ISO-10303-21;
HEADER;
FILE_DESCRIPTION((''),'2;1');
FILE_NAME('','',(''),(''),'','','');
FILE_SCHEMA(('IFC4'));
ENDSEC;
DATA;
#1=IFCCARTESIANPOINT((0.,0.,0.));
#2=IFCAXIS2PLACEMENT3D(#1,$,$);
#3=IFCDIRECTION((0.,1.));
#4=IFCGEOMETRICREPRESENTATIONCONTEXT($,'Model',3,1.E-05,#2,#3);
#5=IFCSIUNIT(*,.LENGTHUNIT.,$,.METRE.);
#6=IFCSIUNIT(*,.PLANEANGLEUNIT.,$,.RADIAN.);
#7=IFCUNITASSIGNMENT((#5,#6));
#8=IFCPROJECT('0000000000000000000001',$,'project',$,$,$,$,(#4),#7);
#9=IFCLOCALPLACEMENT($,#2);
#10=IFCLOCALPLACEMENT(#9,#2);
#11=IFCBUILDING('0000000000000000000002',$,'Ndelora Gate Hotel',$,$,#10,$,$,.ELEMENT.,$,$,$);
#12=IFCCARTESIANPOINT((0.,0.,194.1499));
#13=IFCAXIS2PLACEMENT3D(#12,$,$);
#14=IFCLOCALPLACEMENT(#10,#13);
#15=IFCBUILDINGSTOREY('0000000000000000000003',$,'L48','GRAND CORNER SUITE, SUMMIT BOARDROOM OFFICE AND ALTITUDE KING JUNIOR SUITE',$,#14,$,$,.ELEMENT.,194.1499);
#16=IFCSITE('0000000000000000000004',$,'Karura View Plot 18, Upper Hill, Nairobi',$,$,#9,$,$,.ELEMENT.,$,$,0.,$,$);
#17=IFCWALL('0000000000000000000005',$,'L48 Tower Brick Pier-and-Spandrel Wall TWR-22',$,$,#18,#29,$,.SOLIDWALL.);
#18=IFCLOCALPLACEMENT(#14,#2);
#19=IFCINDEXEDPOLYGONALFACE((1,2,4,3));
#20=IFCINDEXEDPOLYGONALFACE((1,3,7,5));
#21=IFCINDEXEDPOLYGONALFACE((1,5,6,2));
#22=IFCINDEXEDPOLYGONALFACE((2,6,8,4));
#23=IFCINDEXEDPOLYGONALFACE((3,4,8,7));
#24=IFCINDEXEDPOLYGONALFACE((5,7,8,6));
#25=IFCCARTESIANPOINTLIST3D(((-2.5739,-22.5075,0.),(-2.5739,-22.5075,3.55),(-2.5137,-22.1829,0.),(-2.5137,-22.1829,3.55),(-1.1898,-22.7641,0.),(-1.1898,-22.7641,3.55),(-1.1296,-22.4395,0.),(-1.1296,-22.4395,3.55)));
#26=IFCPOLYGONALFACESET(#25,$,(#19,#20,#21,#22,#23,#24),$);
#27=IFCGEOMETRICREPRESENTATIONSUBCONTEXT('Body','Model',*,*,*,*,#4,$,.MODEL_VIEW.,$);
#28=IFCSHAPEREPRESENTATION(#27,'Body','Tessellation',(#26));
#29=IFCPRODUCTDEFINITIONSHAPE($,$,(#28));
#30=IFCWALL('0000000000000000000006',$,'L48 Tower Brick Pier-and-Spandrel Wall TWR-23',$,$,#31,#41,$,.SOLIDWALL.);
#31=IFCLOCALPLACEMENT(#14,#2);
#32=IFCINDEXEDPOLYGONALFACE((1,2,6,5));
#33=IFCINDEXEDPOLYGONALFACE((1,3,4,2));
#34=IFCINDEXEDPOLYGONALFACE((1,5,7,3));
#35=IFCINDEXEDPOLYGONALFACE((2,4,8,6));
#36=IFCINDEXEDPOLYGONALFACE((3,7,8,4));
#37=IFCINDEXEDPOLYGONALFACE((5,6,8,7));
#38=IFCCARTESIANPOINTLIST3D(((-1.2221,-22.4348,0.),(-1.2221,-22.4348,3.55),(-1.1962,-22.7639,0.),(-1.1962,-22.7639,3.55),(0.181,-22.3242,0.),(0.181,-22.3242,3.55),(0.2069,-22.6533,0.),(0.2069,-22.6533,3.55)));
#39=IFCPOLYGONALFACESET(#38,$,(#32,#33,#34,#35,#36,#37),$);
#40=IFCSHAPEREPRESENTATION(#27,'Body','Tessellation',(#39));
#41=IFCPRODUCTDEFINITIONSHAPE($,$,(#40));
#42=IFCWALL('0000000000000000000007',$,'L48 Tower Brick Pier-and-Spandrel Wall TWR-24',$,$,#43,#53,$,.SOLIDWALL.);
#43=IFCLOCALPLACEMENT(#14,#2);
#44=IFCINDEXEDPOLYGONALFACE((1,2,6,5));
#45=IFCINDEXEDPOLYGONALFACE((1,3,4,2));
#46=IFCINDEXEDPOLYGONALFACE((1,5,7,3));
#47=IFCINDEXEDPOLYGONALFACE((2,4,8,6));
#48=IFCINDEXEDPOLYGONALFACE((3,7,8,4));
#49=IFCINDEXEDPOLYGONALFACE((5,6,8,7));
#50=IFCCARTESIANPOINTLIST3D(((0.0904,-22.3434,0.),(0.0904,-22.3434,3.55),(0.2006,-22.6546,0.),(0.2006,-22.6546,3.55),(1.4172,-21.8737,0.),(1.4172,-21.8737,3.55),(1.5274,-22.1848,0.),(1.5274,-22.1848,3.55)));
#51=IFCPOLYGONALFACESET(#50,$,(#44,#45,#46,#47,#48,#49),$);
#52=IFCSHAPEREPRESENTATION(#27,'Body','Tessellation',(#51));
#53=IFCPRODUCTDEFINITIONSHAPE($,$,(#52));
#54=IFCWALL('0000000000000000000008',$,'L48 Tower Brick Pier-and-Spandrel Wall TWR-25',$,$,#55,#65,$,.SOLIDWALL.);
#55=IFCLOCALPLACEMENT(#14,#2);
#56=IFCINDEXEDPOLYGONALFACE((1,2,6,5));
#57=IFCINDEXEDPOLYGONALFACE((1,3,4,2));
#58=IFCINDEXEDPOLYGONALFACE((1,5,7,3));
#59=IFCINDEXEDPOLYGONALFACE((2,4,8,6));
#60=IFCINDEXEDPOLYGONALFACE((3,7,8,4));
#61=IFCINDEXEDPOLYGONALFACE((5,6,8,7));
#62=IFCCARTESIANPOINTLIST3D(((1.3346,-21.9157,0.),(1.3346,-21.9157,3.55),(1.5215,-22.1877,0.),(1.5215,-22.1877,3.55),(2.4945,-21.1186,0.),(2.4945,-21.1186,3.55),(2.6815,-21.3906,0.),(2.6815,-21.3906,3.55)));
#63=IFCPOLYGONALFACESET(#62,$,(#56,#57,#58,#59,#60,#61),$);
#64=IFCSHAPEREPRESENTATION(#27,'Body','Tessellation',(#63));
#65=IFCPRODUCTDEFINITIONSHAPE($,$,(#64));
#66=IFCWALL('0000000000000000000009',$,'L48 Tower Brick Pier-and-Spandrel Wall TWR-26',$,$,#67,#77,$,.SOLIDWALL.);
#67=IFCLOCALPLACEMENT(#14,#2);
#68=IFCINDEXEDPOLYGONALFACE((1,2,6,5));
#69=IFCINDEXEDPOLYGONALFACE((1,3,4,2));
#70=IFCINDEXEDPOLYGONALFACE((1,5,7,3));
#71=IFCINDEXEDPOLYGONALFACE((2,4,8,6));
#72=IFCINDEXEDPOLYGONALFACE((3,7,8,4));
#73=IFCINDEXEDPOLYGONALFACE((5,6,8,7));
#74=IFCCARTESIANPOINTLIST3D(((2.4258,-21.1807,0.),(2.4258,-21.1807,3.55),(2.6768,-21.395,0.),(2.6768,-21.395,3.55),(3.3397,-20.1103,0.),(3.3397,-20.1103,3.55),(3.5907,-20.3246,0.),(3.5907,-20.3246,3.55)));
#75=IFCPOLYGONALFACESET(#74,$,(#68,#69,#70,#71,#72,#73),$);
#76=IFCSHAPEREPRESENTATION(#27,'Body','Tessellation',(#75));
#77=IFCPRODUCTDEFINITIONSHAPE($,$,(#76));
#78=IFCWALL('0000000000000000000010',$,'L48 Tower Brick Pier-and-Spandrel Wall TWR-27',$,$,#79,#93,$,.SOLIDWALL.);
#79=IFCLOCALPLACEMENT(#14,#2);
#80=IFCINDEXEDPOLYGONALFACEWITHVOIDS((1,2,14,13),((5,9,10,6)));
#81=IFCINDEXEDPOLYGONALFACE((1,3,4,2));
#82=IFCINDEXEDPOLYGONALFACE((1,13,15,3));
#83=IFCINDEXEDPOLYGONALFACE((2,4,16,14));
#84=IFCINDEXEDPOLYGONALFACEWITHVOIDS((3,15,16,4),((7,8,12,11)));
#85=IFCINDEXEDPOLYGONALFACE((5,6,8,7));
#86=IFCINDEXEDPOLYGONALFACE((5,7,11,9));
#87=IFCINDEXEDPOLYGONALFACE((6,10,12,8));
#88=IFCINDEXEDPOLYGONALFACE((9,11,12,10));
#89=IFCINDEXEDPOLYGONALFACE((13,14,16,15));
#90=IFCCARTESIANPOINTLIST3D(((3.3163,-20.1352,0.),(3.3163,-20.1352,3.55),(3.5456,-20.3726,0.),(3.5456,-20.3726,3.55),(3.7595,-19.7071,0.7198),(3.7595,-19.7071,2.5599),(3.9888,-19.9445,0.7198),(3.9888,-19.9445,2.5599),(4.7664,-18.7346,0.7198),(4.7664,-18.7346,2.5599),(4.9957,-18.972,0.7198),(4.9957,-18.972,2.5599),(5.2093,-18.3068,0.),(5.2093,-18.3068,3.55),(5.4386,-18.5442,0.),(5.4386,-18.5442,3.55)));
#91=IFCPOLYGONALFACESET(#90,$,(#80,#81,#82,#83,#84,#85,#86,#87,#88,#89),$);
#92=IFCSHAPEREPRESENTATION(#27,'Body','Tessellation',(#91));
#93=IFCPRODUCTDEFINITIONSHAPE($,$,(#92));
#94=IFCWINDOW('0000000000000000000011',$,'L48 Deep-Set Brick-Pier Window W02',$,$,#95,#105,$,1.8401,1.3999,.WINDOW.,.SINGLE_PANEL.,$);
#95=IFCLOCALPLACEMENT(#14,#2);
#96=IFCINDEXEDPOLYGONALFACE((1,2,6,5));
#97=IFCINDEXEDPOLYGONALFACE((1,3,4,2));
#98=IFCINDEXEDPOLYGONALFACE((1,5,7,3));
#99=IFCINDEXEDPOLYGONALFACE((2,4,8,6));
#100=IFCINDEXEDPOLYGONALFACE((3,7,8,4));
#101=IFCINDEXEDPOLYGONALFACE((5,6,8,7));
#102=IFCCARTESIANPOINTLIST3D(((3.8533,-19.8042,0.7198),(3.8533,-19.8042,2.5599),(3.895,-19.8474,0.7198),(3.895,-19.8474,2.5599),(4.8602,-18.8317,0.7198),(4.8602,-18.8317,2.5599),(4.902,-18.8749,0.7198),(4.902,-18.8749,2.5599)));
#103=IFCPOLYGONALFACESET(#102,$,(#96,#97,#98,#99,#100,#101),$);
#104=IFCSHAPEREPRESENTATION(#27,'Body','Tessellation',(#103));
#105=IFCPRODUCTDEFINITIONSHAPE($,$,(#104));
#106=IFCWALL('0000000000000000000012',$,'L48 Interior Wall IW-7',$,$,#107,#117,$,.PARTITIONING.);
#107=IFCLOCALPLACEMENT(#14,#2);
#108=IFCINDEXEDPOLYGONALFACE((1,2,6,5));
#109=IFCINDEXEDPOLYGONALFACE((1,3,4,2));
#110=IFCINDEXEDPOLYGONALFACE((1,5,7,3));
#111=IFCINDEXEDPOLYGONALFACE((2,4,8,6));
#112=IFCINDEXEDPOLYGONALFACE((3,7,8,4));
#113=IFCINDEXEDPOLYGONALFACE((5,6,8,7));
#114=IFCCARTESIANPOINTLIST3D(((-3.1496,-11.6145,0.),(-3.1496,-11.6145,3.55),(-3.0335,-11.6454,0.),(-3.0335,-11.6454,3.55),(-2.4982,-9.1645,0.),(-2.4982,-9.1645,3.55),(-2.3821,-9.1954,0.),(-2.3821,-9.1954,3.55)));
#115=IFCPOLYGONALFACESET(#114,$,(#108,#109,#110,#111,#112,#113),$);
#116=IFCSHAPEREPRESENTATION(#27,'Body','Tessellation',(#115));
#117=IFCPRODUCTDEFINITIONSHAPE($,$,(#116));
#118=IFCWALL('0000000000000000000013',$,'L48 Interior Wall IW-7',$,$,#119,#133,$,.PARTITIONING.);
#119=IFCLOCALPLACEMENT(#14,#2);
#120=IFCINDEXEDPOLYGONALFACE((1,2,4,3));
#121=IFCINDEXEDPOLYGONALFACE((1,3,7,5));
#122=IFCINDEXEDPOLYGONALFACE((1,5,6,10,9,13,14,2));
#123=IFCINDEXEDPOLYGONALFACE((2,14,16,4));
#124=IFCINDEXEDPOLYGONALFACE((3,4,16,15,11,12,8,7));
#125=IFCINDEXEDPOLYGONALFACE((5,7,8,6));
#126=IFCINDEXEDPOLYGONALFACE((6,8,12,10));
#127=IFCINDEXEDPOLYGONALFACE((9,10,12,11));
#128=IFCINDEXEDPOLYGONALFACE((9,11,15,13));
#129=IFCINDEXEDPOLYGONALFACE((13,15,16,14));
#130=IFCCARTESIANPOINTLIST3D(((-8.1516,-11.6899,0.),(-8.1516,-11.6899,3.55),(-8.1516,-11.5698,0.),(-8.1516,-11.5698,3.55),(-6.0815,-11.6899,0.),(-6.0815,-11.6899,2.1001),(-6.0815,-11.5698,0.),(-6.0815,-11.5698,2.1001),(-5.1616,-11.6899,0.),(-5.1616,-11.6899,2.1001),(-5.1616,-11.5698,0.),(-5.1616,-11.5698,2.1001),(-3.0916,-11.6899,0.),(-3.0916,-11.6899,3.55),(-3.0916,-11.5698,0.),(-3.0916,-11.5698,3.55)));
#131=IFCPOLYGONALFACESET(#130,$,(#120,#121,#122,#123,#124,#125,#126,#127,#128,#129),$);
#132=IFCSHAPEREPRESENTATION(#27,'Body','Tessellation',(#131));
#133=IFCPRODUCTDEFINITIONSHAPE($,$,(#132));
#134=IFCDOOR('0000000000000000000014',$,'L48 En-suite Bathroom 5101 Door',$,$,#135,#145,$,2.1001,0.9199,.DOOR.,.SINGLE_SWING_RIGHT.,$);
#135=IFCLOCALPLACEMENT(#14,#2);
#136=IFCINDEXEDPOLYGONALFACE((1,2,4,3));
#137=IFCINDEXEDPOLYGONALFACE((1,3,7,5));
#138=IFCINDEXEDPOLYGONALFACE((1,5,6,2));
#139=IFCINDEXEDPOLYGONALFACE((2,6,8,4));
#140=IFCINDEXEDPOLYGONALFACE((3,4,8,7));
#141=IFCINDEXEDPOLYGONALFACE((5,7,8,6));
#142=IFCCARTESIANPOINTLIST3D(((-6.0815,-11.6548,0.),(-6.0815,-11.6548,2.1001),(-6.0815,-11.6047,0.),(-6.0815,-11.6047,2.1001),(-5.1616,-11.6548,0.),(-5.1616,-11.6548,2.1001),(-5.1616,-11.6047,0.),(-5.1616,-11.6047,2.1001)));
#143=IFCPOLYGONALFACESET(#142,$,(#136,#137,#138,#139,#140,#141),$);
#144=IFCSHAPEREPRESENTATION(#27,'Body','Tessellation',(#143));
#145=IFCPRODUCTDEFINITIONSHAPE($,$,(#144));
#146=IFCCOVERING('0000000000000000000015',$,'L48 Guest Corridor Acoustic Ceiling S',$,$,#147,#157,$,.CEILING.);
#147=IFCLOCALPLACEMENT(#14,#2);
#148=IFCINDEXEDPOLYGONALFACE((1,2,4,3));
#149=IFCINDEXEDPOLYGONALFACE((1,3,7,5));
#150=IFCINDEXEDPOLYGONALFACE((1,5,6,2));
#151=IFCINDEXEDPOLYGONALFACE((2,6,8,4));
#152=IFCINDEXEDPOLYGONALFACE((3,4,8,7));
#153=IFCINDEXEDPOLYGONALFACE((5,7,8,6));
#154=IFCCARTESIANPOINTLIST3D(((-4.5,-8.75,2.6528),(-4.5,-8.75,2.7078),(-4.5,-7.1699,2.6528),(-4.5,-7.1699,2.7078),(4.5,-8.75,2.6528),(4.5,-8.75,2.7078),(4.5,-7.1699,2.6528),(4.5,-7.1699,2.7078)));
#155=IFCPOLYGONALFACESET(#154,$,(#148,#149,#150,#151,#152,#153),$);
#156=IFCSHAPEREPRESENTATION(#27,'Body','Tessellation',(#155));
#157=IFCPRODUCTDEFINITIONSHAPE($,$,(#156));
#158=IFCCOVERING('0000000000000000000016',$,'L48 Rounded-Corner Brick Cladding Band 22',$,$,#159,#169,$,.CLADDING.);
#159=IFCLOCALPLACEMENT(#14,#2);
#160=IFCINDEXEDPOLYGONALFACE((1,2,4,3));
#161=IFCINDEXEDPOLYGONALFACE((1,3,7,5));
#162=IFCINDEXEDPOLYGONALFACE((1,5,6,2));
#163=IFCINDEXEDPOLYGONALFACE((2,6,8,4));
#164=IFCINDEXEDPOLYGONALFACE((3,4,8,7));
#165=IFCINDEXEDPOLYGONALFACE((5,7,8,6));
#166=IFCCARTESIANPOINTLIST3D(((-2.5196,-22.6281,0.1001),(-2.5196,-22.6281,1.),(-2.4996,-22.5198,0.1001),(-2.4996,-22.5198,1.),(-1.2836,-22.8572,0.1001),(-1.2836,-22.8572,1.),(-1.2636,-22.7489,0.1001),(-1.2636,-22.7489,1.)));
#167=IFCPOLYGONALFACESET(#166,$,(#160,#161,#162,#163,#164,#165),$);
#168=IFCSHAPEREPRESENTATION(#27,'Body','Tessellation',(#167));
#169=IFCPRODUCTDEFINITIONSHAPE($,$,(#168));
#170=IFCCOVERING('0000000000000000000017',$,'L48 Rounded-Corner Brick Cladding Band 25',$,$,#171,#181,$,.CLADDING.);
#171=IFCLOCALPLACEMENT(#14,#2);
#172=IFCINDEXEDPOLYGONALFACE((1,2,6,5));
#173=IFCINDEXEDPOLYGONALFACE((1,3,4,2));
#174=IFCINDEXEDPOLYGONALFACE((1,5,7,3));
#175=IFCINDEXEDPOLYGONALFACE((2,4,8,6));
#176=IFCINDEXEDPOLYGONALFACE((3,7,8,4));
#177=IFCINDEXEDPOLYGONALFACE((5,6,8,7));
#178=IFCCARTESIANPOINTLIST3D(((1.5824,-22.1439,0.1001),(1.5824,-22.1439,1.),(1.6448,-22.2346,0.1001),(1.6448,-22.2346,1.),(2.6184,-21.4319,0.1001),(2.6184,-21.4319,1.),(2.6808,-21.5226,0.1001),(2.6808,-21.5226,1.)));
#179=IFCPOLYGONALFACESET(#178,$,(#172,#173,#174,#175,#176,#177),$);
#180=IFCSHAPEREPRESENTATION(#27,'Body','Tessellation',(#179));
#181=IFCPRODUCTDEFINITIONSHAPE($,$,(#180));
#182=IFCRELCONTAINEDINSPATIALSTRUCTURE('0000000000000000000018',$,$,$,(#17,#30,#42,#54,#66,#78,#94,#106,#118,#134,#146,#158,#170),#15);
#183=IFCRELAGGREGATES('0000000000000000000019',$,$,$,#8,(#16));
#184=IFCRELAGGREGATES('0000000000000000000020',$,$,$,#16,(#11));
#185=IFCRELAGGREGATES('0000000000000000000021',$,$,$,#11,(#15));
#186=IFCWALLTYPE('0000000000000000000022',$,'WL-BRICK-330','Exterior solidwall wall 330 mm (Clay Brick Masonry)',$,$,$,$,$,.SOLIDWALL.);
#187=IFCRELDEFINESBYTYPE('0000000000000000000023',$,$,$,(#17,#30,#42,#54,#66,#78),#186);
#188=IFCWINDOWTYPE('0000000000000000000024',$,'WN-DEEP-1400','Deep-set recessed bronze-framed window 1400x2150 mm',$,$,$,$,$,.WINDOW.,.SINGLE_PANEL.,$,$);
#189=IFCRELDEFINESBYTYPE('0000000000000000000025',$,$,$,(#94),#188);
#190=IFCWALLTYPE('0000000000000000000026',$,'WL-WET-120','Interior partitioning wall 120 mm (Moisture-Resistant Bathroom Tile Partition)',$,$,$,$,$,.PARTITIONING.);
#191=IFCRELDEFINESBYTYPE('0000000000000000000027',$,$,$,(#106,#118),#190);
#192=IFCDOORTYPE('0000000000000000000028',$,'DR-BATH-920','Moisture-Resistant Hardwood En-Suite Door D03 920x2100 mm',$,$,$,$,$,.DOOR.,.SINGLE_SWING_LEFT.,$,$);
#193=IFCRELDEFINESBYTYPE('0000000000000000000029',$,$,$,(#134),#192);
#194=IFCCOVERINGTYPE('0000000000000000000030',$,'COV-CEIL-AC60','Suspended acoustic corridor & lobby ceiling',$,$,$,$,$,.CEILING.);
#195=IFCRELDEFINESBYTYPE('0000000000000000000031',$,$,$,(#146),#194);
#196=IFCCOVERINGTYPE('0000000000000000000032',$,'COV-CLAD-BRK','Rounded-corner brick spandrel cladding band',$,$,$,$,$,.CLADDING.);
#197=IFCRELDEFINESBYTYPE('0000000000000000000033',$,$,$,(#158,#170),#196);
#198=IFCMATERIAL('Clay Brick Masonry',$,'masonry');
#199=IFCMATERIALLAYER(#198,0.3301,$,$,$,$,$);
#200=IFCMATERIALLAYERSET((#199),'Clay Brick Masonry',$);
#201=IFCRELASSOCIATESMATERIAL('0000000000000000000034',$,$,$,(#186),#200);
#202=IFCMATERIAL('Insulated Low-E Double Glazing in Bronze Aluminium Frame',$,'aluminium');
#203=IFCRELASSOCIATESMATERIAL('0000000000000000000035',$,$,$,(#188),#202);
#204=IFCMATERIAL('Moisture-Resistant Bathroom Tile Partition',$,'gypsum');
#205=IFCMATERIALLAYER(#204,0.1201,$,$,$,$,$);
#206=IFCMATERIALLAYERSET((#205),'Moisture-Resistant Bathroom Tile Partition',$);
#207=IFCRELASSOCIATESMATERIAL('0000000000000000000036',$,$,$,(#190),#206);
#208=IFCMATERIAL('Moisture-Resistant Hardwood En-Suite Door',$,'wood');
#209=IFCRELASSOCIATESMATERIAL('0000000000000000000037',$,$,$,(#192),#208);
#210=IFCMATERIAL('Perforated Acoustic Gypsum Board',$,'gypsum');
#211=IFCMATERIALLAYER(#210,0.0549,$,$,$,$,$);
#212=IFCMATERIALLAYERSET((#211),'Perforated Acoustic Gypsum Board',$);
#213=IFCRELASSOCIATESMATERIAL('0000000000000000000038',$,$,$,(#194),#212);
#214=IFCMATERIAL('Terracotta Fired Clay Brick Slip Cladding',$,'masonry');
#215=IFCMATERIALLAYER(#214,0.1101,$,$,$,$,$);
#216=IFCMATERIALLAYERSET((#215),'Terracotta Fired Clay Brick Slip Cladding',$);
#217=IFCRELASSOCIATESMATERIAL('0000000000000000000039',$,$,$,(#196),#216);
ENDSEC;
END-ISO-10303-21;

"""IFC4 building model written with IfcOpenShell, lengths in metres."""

from ifc_helpers import new_model, si_unit, direction, frame, frame_2d, origin, origin_2d, place, context, subcontext, project, spatial, rectangle, extrude, material, layer, layer_set, type_object, element, fill, save


model = new_model("IFC4")

# Units and contexts
model_context = context("Model", 3, precision=1e-05, world=origin(), true_north=direction((0.0, 1.0)))
body_context = subcontext(model_context, "Body", "Model", "MODEL_VIEW")
ifc_project = project(units=[si_unit("LENGTHUNIT", "METRE"), si_unit("PLANEANGLEUNIT", "RADIAN")], contexts=[model_context])

# Site, building, storey
site_placement = place(None, origin())
site = spatial("IfcSite", under=ifc_project, at=site_placement, Name="Karura View Plot 18, Upper Hill, Nairobi", CompositionType="ELEMENT", RefElevation=0.0)
building_placement = place(site_placement, origin())
building = spatial("IfcBuilding", under=site, at=building_placement, Name="Ndelora Gate Hotel", CompositionType="ELEMENT")
storey_placement = place(building_placement, frame((0.0, 0.0, 194.1499)))
storey = spatial("IfcBuildingStorey", under=building, at=storey_placement, Name="L48", Description="GRAND CORNER SUITE, SUMMIT BOARDROOM OFFICE AND ALTITUDE KING JUNIOR SUITE", CompositionType="ELEMENT", Elevation=194.1499)

# Walls
ifc_material_1 = material(Name="Clay Brick Masonry", Category="masonry")
ifc_layer_1 = layer(ifc_material_1, 0.3301)
ifc_layer_set_1 = layer_set([ifc_layer_1], Name="Clay Brick Masonry")
wall_type_1 = type_object("IfcWallType", Name="WL-BRICK-330", Description="Exterior solidwall wall 330 mm (Clay Brick Masonry)", PredefinedType="SOLIDWALL", material=ifc_layer_set_1)
for number, where, z_axis, x_axis, name in (
    (1, (-1.1597, -22.6018, 0.0), (0.0, 0.0, 1.0), (-0.983245, 0.182288, 0.0), "L48 Tower Brick Pier-and-Spandrel Wall TWR-22"),
):
    element("IfcWall", number, at=place(storey_placement, frame(where, z_axis=z_axis, x_axis=x_axis)), inside=storey, type_object=wall_type_1, Name=name, PredefinedType="SOLIDWALL", context=body_context, shape_type="SweptSolid", body=[
        extrude(rectangle(XDim=1.4077, YDim=0.3301, at=frame_2d((0.7039, 0.0))), origin(), (0.0, 0.0, 1.0), 3.55),
    ])
for number, where, z_axis, x_axis, name in (
    (2, (0.1938, -22.4888, 0.0), (0.0, 0.0, 1.0), (-0.996908, -0.07858, 0.0), "L48 Tower Brick Pier-and-Spandrel Wall TWR-23"),
    (3, (1.4722, -22.0293, 0.0), (0.0, 0.0, 1.0), (-0.942657, -0.333764, 0.0), "L48 Tower Brick Pier-and-Spandrel Wall TWR-24"),
    (4, (2.5879, -21.2546, 0.0), (0.0, 0.0, 1.0), (-0.824148, -0.566374, 0.0), "L48 Tower Brick Pier-and-Spandrel Wall TWR-25"),
    (5, (3.4651, -20.2175, 0.0), (0.0, 0.0, 1.0), (-0.649319, -0.760516, 0.0), "L48 Tower Brick Pier-and-Spandrel Wall TWR-26"),
):
    element("IfcWall", number, at=place(storey_placement, frame(where, z_axis=z_axis, x_axis=x_axis)), inside=storey, type_object=wall_type_1, Name=name, PredefinedType="SOLIDWALL", context=body_context, shape_type="SweptSolid", body=[
        extrude(rectangle(XDim=1.4075, YDim=0.3301, at=frame_2d((0.7036, 0.0))), origin(), (0.0, 0.0, 1.0), 3.55),
    ])

# Wall, opening, window
wall_1_placement = place(storey_placement, frame((5.324, -18.4255, 0.0), z_axis=(0.0, 0.0, 1.0), x_axis=(-0.719291, -0.694709, 0.0)))
wall_1 = element("IfcWall", 6, at=wall_1_placement, inside=storey, type_object=wall_type_1, Name="L48 Tower Brick Pier-and-Spandrel Wall TWR-27", PredefinedType="SOLIDWALL", context=body_context, shape_type="SweptSolid", body=[
    extrude(rectangle(XDim=2.6318, YDim=0.3301, at=frame_2d((1.3159, 0.0))), origin(), (0.0, 0.0, 1.0), 3.55),
])
opening_1_placement = place(wall_1_placement, frame((0.6157, 0.0, 0.72)))
opening_1 = element("IfcOpeningElement", 7, at=opening_1_placement, cuts=wall_1, PredefinedType="OPENING", context=body_context, shape_type="SweptSolid", body=[
    extrude(rectangle(XDim=1.3999, YDim=1.8401, at=frame_2d((0.7, 0.9199))), frame((0.0, 0.175, 0.0), z_axis=(0.0, -1.0, 0.0), x_axis=(1.0, 0.0, 0.0)), (0.0, 0.0, 1.0), 0.3501),
])
ifc_material_2 = material(Name="Insulated Low-E Double Glazing in Bronze Aluminium Frame", Category="aluminium")
window_type = type_object("IfcWindowType", Name="WN-DEEP-1400", Description="Deep-set recessed bronze-framed window 1400x2150 mm", PartitioningType="SINGLE_PANEL", PredefinedType="WINDOW", material=ifc_material_2)
window_placement = place(opening_1_placement, origin())
window = element("IfcWindow", 8, at=window_placement, inside=storey, type_object=window_type, Name="L48 Deep-Set Brick-Pier Window W02", OverallHeight=1.8401, OverallWidth=1.3999, PartitioningType="SINGLE_PANEL", PredefinedType="WINDOW", context=body_context, shape_type="SweptSolid", body=[
    extrude(rectangle(XDim=1.3999, YDim=1.8401, at=frame_2d((0.7, 0.9199))), frame((0.0, 0.03, 0.0), z_axis=(0.0, -1.0, 0.0), x_axis=(1.0, 0.0, 0.0)), (0.0, 0.0, 1.0), 0.0601),
])
fill(opening_1, window)

# Wall
ifc_material_3 = material(Name="Moisture-Resistant Bathroom Tile Partition", Category="gypsum")
ifc_layer_2 = layer(ifc_material_3, 0.1201)
ifc_layer_set_2 = layer_set([ifc_layer_2], Name="Moisture-Resistant Bathroom Tile Partition")
wall_type_2 = type_object("IfcWallType", Name="WL-WET-120", Description="Interior partitioning wall 120 mm (Moisture-Resistant Bathroom Tile Partition)", PredefinedType="PARTITIONING", material=ifc_layer_set_2)
wall_2_placement = place(storey_placement, frame((-2.4402, -9.1799, 0.0), z_axis=(0.0, 0.0, 1.0), x_axis=(-0.256943, -0.966426, 0.0)))
element("IfcWall", 9, at=wall_2_placement, inside=storey, type_object=wall_type_2, Name="L48 Interior Wall IW-7", PredefinedType="PARTITIONING", context=body_context, shape_type="SweptSolid", body=[
    extrude(rectangle(XDim=2.5352, YDim=0.1201, at=frame_2d((1.2676, 0.0))), origin(), (0.0, 0.0, 1.0), 3.55),
])

# Wall, opening, door
wall_3_placement = place(storey_placement, frame((-3.0916, -11.6299, 0.0), z_axis=(0.0, 0.0, 1.0), x_axis=(-1.0, 0.0, 0.0)))
wall_3 = element("IfcWall", 10, at=wall_3_placement, inside=storey, type_object=wall_type_2, Name="L48 Interior Wall IW-7", PredefinedType="PARTITIONING", context=body_context, shape_type="SweptSolid", body=[
    extrude(rectangle(XDim=5.0601, YDim=0.1201, at=frame_2d((2.53, 0.0))), origin(), (0.0, 0.0, 1.0), 3.55),
])
opening_2_placement = place(wall_3_placement, frame((2.0701, 0.0, 0.0)))
opening_2 = element("IfcOpeningElement", 11, at=opening_2_placement, cuts=wall_3, PredefinedType="OPENING", context=body_context, shape_type="SweptSolid", body=[
    extrude(rectangle(XDim=0.9199, YDim=2.1001, at=frame_2d((0.46, 1.05))), frame((0.0, 0.0701, 0.0), z_axis=(0.0, -1.0, 0.0), x_axis=(1.0, 0.0, 0.0)), (0.0, 0.0, 1.0), 0.1401),
])
ifc_material_4 = material(Name="Moisture-Resistant Hardwood En-Suite Door", Category="wood")
door_type = type_object("IfcDoorType", Name="DR-BATH-920", Description="Moisture-Resistant Hardwood En-Suite Door D03 920x2100 mm", OperationType="SINGLE_SWING_LEFT", PredefinedType="DOOR", material=ifc_material_4)
door_placement = place(opening_2_placement, origin())
door = element("IfcDoor", 12, at=door_placement, inside=storey, type_object=door_type, Name="L48 En-suite Bathroom 5101 Door", OperationType="SINGLE_SWING_RIGHT", OverallHeight=2.1001, OverallWidth=0.9199, PredefinedType="DOOR", context=body_context, shape_type="SweptSolid", body=[
    extrude(rectangle(XDim=0.9199, YDim=2.1001, at=frame_2d((0.46, 1.05))), frame((0.0, 0.0249, 0.0), z_axis=(0.0, -1.0, 0.0), x_axis=(1.0, 0.0, 0.0)), (0.0, 0.0, 1.0), 0.05),
])
fill(opening_2, door)

# Coverings
ifc_material_5 = material(Name="Perforated Acoustic Gypsum Board", Category="gypsum")
ifc_layer_3 = layer(ifc_material_5, 0.0549)
ifc_layer_set_3 = layer_set([ifc_layer_3], Name="Perforated Acoustic Gypsum Board")
covering_type_1 = type_object("IfcCoveringType", Name="COV-CEIL-AC60", Description="Suspended acoustic corridor & lobby ceiling", PredefinedType="CEILING", material=ifc_layer_set_3)
covering_1_placement = place(storey_placement, frame((0.0, -7.96, 2.6528), z_axis=(0.0, 0.0, 1.0), x_axis=(1.0, 0.0, 0.0)))
element("IfcCovering", 13, at=covering_1_placement, inside=storey, type_object=covering_type_1, Name="L48 Guest Corridor Acoustic Ceiling S", PredefinedType="CEILING", context=body_context, shape_type="SweptSolid", body=[
    extrude(rectangle(XDim=9.0, YDim=1.5801, at=origin_2d()), origin(), (0.0, 0.0, 1.0), 0.0549),
])
ifc_material_6 = material(Name="Terracotta Fired Clay Brick Slip Cladding", Category="masonry")
ifc_layer_4 = layer(ifc_material_6, 0.1101)
ifc_layer_set_4 = layer_set([ifc_layer_4], Name="Terracotta Fired Clay Brick Slip Cladding")
covering_type_2 = type_object("IfcCoveringType", Name="COV-CLAD-BRK", Description="Rounded-corner brick spandrel cladding band", PredefinedType="CLADDING", material=ifc_layer_set_4)
for number, where, z_axis, x_axis, name in (
    (14, (-1.8916, -22.6885, 0.1001), (0.0, 0.0, 1.0), (-0.983255, 0.182236, 0.0), "L48 Rounded-Corner Brick Cladding Band 22"),
    (15, (2.1316, -21.8333, 0.1001), (0.0, 0.0, 1.0), (0.824126, 0.566406, 0.0), "L48 Rounded-Corner Brick Cladding Band 25"),
):
    element("IfcCovering", number, at=place(storey_placement, frame(where, z_axis=z_axis, x_axis=x_axis)), inside=storey, type_object=covering_type_2, Name=name, PredefinedType="CLADDING", context=body_context, shape_type="SweptSolid", body=[
        extrude(rectangle(XDim=1.2571, YDim=0.1101, at=origin_2d()), origin(), (0.0, 0.0, 1.0), 0.8999),
    ])

save(model, "model.ifc")
